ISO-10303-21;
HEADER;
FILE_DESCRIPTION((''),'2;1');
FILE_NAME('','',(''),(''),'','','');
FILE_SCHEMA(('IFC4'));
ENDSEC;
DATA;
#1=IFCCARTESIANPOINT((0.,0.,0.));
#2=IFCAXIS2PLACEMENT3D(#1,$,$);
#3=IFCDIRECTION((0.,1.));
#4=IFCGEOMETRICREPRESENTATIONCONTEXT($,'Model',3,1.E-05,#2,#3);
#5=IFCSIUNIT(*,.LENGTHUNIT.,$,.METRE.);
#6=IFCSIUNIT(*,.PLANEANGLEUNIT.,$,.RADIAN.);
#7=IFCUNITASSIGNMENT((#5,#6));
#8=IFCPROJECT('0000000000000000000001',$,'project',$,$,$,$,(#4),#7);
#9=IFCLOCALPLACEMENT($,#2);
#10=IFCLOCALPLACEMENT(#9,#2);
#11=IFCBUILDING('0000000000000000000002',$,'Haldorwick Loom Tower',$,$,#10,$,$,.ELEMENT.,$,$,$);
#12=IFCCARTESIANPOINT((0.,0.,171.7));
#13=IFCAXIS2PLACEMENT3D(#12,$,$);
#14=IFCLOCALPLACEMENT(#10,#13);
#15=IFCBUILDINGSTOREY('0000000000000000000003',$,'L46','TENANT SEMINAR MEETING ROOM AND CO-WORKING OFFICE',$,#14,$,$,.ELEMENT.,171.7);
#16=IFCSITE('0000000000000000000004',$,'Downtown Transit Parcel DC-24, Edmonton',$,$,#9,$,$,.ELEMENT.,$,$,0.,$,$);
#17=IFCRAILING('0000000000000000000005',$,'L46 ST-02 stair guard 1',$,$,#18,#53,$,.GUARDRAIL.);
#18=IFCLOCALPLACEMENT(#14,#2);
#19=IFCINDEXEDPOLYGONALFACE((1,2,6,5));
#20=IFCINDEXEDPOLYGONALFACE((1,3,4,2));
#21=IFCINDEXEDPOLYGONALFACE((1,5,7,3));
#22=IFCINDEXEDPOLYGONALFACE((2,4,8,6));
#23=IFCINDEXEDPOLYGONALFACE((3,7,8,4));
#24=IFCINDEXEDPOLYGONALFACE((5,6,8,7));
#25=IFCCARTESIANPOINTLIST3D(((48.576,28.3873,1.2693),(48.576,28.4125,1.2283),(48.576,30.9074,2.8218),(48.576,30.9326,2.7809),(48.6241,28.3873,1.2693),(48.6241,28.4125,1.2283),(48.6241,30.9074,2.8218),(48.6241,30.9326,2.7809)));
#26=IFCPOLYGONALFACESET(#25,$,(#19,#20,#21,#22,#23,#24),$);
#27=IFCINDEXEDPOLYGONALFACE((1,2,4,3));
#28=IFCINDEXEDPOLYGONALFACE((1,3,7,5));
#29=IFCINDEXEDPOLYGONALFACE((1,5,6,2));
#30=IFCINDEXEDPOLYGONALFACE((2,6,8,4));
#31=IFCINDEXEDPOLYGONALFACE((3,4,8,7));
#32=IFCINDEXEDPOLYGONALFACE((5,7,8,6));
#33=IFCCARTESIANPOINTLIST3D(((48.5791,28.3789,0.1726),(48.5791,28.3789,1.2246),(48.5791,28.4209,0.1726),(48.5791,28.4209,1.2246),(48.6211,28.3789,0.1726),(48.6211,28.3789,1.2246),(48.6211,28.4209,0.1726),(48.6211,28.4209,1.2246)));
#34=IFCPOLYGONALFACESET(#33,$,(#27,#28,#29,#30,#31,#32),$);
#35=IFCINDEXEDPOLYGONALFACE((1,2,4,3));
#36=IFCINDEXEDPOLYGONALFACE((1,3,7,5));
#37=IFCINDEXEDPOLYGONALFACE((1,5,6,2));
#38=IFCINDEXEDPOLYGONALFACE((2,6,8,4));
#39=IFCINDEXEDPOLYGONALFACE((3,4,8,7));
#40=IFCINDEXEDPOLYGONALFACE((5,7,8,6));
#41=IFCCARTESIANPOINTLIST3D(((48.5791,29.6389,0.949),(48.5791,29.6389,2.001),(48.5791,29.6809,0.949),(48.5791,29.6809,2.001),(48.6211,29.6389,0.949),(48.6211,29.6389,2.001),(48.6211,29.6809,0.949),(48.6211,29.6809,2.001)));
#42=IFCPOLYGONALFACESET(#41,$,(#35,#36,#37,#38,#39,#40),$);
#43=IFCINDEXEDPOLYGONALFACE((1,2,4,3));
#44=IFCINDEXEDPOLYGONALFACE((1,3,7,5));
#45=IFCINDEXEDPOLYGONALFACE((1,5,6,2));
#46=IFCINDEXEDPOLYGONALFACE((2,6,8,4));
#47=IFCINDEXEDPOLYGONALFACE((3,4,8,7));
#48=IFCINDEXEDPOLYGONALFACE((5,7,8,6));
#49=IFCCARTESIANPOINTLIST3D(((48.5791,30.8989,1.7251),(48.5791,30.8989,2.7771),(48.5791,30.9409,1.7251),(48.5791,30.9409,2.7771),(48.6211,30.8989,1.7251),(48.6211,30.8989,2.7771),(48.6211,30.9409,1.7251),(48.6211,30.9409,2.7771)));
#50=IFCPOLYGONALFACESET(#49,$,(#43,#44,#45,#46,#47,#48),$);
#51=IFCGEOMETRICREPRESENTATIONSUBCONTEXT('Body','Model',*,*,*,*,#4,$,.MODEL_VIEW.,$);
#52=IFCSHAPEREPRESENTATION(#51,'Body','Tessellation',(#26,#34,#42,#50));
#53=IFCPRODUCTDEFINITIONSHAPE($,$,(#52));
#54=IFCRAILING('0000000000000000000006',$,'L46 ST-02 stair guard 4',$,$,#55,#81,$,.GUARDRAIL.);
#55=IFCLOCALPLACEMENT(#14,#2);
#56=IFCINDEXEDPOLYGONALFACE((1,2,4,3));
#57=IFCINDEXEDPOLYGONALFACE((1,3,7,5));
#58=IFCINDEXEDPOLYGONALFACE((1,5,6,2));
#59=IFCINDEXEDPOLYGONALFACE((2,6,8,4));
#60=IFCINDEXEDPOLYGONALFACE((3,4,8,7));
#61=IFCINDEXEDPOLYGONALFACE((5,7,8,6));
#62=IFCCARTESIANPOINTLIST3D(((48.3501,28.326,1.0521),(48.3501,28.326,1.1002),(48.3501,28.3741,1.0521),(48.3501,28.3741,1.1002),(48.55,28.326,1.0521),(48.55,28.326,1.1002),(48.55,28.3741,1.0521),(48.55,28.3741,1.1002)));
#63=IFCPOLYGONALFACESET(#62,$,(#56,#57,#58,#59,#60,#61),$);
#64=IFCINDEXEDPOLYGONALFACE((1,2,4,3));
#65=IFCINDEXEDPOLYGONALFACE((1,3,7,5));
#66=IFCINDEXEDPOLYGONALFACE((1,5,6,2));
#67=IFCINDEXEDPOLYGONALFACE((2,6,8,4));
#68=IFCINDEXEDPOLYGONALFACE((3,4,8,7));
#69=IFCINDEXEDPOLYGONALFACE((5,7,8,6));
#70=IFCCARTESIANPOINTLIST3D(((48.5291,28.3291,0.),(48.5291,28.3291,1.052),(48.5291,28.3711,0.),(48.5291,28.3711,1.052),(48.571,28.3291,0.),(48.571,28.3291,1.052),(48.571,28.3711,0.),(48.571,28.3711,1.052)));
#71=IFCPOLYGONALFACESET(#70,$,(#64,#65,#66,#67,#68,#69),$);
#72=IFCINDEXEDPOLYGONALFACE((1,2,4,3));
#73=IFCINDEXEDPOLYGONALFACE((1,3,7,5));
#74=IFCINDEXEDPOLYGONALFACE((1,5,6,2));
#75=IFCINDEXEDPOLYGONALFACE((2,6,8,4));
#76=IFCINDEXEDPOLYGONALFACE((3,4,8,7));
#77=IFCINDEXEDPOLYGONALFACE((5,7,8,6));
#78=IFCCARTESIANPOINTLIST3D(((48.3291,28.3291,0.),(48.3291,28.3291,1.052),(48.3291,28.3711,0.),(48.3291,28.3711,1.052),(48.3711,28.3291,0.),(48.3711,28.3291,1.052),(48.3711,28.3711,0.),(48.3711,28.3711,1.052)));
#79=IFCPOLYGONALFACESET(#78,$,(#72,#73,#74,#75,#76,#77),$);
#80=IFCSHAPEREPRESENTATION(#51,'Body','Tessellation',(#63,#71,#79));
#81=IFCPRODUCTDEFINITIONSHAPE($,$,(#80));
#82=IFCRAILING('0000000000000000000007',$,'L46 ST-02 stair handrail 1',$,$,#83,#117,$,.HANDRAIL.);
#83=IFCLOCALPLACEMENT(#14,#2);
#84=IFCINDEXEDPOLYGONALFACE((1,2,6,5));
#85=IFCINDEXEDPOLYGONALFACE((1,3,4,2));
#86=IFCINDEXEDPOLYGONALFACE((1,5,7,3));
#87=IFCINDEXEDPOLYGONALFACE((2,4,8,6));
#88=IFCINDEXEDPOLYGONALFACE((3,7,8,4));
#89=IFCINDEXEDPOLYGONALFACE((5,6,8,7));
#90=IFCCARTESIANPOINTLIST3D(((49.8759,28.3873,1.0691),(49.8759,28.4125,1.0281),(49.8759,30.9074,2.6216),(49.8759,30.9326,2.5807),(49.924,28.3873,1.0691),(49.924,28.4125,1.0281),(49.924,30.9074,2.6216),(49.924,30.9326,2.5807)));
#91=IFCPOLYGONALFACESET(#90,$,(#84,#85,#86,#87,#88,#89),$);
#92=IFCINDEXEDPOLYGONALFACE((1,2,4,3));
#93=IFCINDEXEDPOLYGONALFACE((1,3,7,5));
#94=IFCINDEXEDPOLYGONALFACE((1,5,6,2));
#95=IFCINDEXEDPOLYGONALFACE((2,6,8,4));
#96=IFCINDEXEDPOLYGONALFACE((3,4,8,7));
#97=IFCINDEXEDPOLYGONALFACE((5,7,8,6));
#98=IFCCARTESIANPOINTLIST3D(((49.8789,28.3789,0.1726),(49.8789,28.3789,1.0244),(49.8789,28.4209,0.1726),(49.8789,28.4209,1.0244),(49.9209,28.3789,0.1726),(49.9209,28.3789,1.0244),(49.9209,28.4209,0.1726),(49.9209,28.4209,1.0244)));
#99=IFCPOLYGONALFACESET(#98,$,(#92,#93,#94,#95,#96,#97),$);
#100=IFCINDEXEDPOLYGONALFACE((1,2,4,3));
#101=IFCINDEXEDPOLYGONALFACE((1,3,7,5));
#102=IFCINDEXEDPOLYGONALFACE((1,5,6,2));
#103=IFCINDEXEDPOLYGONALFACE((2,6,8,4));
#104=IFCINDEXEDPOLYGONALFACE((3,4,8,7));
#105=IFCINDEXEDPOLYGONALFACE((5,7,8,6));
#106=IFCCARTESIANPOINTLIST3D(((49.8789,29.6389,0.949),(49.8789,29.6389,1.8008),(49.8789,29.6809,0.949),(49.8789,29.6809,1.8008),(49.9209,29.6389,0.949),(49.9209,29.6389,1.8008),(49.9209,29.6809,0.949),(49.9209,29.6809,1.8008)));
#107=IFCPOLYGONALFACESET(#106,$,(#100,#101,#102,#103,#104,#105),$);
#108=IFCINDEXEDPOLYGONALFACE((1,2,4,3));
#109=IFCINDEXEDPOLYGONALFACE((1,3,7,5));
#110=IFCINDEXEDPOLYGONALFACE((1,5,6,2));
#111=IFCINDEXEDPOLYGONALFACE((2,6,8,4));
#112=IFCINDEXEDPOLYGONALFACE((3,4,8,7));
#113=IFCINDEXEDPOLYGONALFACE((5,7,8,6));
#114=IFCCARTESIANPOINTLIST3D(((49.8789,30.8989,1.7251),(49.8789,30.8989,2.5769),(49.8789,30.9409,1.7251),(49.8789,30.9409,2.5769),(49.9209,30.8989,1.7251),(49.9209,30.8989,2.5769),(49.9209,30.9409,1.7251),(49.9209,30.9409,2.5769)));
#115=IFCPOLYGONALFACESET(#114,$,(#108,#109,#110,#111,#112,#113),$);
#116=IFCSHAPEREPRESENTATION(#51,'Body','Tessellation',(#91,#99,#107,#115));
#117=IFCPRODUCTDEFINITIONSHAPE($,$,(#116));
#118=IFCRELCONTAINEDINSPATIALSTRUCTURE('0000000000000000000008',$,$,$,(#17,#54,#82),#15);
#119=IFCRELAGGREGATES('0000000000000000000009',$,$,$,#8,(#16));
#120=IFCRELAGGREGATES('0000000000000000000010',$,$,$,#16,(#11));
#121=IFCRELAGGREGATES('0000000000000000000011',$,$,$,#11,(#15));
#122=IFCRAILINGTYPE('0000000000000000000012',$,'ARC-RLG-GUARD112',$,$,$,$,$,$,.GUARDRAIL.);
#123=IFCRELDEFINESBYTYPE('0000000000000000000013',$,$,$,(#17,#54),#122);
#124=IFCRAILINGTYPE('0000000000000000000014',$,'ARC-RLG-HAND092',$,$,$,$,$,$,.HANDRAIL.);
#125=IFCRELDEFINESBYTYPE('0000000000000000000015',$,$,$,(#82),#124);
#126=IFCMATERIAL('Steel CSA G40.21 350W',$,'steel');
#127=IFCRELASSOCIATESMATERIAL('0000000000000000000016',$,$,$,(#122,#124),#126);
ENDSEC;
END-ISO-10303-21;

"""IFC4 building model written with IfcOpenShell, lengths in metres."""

from ifc_helpers import new_model, si_unit, direction, frame, origin, origin_2d, place, context, subcontext, project, spatial, rectangle, extrude, material, type_object, element, save


model = new_model("IFC4")

# Units and contexts
model_context = context("Model", 3, precision=1e-05, world=origin(), true_north=direction((0.0, 1.0)))
body_context = subcontext(model_context, "Body", "Model", "MODEL_VIEW")
ifc_project = project(units=[si_unit("LENGTHUNIT", "METRE"), si_unit("PLANEANGLEUNIT", "RADIAN")], contexts=[model_context])

# Site, building, storey
site_placement = place(None, origin())
site = spatial("IfcSite", under=ifc_project, at=site_placement, Name="Downtown Transit Parcel DC-24, Edmonton", CompositionType="ELEMENT", RefElevation=0.0)
building_placement = place(site_placement, origin())
building = spatial("IfcBuilding", under=site, at=building_placement, Name="Haldorwick Loom Tower", CompositionType="ELEMENT")
storey_placement = place(building_placement, frame((0.0, 0.0, 171.7)))
storey = spatial("IfcBuildingStorey", under=building, at=storey_placement, Name="L46", Description="TENANT SEMINAR MEETING ROOM AND CO-WORKING OFFICE", CompositionType="ELEMENT", Elevation=171.7)

# Shared definitions
ifc_material_1 = material(Name="Steel CSA G40.21 350W", Category="steel")

# Railings
railing_type_1 = type_object("IfcRailingType", Name="ARC-RLG-GUARD112", PredefinedType="GUARDRAIL", material=ifc_material_1)
railing_1_placement = place(storey_placement, frame((48.6001, 28.3999, 0.1726)))
element("IfcRailing", 1, at=railing_1_placement, inside=storey, type_object=railing_type_1, Name="L46 ST-02 stair guard 1", PredefinedType="GUARDRAIL", context=body_context, shape_type="SweptSolid", body=[
    extrude(rectangle(XDim=0.0481, YDim=0.0481, at=origin_2d()), frame((0.0, 0.0, 1.0762), z_axis=(0.0, 0.8514, 0.524516), x_axis=(-1.0, 0.0, 0.0)), (0.0, 0.0, 1.0), 2.96),
    extrude(rectangle(XDim=0.042, YDim=0.042, at=origin_2d()), origin(), (0.0, 0.0, 1.0), 1.052),
    extrude(rectangle(XDim=0.042, YDim=0.042, at=origin_2d()), frame((0.0, 1.26, 0.7764)), (0.0, 0.0, 1.0), 1.052),
    extrude(rectangle(XDim=0.042, YDim=0.042, at=origin_2d()), frame((0.0, 2.52, 1.5525)), (0.0, 0.0, 1.0), 1.052),
])
railing_2_placement = place(storey_placement, frame((48.55, 28.3501, 0.0)))
element("IfcRailing", 2, at=railing_2_placement, inside=storey, type_object=railing_type_1, Name="L46 ST-02 stair guard 4", PredefinedType="GUARDRAIL", context=body_context, shape_type="SweptSolid", body=[
    extrude(rectangle(XDim=0.0481, YDim=0.0481, at=origin_2d()), frame((0.0, 0.0, 1.0762), z_axis=(-1.0, 0.0, 0.0), x_axis=(0.0, -1.0, 0.0)), (0.0, 0.0, 1.0), 0.2),
    extrude(rectangle(XDim=0.042, YDim=0.042, at=origin_2d()), origin(), (0.0, 0.0, 1.0), 1.052),
    extrude(rectangle(XDim=0.042, YDim=0.042, at=origin_2d()), frame((-0.2, 0.0, 0.0)), (0.0, 0.0, 1.0), 1.052),
])
railing_type_2 = type_object("IfcRailingType", Name="ARC-RLG-HAND092", PredefinedType="HANDRAIL", material=ifc_material_1)
railing_3_placement = place(storey_placement, frame((49.8999, 28.3999, 0.1726)))
element("IfcRailing", 3, at=railing_3_placement, inside=storey, type_object=railing_type_2, Name="L46 ST-02 stair handrail 1", PredefinedType="HANDRAIL", context=body_context, shape_type="SweptSolid", body=[
    extrude(rectangle(XDim=0.0481, YDim=0.0481, at=origin_2d()), frame((0.0, 0.0, 0.876), z_axis=(0.0, 0.8514, 0.524516), x_axis=(-1.0, 0.0, 0.0)), (0.0, 0.0, 1.0), 2.96),
    extrude(rectangle(XDim=0.042, YDim=0.042, at=origin_2d()), origin(), (0.0, 0.0, 1.0), 0.8518),
    extrude(rectangle(XDim=0.042, YDim=0.042, at=origin_2d()), frame((0.0, 1.26, 0.7764)), (0.0, 0.0, 1.0), 0.8518),
    extrude(rectangle(XDim=0.042, YDim=0.042, at=origin_2d()), frame((0.0, 2.52, 1.5525)), (0.0, 0.0, 1.0), 0.8518),
])

save(model, "model.ifc")
